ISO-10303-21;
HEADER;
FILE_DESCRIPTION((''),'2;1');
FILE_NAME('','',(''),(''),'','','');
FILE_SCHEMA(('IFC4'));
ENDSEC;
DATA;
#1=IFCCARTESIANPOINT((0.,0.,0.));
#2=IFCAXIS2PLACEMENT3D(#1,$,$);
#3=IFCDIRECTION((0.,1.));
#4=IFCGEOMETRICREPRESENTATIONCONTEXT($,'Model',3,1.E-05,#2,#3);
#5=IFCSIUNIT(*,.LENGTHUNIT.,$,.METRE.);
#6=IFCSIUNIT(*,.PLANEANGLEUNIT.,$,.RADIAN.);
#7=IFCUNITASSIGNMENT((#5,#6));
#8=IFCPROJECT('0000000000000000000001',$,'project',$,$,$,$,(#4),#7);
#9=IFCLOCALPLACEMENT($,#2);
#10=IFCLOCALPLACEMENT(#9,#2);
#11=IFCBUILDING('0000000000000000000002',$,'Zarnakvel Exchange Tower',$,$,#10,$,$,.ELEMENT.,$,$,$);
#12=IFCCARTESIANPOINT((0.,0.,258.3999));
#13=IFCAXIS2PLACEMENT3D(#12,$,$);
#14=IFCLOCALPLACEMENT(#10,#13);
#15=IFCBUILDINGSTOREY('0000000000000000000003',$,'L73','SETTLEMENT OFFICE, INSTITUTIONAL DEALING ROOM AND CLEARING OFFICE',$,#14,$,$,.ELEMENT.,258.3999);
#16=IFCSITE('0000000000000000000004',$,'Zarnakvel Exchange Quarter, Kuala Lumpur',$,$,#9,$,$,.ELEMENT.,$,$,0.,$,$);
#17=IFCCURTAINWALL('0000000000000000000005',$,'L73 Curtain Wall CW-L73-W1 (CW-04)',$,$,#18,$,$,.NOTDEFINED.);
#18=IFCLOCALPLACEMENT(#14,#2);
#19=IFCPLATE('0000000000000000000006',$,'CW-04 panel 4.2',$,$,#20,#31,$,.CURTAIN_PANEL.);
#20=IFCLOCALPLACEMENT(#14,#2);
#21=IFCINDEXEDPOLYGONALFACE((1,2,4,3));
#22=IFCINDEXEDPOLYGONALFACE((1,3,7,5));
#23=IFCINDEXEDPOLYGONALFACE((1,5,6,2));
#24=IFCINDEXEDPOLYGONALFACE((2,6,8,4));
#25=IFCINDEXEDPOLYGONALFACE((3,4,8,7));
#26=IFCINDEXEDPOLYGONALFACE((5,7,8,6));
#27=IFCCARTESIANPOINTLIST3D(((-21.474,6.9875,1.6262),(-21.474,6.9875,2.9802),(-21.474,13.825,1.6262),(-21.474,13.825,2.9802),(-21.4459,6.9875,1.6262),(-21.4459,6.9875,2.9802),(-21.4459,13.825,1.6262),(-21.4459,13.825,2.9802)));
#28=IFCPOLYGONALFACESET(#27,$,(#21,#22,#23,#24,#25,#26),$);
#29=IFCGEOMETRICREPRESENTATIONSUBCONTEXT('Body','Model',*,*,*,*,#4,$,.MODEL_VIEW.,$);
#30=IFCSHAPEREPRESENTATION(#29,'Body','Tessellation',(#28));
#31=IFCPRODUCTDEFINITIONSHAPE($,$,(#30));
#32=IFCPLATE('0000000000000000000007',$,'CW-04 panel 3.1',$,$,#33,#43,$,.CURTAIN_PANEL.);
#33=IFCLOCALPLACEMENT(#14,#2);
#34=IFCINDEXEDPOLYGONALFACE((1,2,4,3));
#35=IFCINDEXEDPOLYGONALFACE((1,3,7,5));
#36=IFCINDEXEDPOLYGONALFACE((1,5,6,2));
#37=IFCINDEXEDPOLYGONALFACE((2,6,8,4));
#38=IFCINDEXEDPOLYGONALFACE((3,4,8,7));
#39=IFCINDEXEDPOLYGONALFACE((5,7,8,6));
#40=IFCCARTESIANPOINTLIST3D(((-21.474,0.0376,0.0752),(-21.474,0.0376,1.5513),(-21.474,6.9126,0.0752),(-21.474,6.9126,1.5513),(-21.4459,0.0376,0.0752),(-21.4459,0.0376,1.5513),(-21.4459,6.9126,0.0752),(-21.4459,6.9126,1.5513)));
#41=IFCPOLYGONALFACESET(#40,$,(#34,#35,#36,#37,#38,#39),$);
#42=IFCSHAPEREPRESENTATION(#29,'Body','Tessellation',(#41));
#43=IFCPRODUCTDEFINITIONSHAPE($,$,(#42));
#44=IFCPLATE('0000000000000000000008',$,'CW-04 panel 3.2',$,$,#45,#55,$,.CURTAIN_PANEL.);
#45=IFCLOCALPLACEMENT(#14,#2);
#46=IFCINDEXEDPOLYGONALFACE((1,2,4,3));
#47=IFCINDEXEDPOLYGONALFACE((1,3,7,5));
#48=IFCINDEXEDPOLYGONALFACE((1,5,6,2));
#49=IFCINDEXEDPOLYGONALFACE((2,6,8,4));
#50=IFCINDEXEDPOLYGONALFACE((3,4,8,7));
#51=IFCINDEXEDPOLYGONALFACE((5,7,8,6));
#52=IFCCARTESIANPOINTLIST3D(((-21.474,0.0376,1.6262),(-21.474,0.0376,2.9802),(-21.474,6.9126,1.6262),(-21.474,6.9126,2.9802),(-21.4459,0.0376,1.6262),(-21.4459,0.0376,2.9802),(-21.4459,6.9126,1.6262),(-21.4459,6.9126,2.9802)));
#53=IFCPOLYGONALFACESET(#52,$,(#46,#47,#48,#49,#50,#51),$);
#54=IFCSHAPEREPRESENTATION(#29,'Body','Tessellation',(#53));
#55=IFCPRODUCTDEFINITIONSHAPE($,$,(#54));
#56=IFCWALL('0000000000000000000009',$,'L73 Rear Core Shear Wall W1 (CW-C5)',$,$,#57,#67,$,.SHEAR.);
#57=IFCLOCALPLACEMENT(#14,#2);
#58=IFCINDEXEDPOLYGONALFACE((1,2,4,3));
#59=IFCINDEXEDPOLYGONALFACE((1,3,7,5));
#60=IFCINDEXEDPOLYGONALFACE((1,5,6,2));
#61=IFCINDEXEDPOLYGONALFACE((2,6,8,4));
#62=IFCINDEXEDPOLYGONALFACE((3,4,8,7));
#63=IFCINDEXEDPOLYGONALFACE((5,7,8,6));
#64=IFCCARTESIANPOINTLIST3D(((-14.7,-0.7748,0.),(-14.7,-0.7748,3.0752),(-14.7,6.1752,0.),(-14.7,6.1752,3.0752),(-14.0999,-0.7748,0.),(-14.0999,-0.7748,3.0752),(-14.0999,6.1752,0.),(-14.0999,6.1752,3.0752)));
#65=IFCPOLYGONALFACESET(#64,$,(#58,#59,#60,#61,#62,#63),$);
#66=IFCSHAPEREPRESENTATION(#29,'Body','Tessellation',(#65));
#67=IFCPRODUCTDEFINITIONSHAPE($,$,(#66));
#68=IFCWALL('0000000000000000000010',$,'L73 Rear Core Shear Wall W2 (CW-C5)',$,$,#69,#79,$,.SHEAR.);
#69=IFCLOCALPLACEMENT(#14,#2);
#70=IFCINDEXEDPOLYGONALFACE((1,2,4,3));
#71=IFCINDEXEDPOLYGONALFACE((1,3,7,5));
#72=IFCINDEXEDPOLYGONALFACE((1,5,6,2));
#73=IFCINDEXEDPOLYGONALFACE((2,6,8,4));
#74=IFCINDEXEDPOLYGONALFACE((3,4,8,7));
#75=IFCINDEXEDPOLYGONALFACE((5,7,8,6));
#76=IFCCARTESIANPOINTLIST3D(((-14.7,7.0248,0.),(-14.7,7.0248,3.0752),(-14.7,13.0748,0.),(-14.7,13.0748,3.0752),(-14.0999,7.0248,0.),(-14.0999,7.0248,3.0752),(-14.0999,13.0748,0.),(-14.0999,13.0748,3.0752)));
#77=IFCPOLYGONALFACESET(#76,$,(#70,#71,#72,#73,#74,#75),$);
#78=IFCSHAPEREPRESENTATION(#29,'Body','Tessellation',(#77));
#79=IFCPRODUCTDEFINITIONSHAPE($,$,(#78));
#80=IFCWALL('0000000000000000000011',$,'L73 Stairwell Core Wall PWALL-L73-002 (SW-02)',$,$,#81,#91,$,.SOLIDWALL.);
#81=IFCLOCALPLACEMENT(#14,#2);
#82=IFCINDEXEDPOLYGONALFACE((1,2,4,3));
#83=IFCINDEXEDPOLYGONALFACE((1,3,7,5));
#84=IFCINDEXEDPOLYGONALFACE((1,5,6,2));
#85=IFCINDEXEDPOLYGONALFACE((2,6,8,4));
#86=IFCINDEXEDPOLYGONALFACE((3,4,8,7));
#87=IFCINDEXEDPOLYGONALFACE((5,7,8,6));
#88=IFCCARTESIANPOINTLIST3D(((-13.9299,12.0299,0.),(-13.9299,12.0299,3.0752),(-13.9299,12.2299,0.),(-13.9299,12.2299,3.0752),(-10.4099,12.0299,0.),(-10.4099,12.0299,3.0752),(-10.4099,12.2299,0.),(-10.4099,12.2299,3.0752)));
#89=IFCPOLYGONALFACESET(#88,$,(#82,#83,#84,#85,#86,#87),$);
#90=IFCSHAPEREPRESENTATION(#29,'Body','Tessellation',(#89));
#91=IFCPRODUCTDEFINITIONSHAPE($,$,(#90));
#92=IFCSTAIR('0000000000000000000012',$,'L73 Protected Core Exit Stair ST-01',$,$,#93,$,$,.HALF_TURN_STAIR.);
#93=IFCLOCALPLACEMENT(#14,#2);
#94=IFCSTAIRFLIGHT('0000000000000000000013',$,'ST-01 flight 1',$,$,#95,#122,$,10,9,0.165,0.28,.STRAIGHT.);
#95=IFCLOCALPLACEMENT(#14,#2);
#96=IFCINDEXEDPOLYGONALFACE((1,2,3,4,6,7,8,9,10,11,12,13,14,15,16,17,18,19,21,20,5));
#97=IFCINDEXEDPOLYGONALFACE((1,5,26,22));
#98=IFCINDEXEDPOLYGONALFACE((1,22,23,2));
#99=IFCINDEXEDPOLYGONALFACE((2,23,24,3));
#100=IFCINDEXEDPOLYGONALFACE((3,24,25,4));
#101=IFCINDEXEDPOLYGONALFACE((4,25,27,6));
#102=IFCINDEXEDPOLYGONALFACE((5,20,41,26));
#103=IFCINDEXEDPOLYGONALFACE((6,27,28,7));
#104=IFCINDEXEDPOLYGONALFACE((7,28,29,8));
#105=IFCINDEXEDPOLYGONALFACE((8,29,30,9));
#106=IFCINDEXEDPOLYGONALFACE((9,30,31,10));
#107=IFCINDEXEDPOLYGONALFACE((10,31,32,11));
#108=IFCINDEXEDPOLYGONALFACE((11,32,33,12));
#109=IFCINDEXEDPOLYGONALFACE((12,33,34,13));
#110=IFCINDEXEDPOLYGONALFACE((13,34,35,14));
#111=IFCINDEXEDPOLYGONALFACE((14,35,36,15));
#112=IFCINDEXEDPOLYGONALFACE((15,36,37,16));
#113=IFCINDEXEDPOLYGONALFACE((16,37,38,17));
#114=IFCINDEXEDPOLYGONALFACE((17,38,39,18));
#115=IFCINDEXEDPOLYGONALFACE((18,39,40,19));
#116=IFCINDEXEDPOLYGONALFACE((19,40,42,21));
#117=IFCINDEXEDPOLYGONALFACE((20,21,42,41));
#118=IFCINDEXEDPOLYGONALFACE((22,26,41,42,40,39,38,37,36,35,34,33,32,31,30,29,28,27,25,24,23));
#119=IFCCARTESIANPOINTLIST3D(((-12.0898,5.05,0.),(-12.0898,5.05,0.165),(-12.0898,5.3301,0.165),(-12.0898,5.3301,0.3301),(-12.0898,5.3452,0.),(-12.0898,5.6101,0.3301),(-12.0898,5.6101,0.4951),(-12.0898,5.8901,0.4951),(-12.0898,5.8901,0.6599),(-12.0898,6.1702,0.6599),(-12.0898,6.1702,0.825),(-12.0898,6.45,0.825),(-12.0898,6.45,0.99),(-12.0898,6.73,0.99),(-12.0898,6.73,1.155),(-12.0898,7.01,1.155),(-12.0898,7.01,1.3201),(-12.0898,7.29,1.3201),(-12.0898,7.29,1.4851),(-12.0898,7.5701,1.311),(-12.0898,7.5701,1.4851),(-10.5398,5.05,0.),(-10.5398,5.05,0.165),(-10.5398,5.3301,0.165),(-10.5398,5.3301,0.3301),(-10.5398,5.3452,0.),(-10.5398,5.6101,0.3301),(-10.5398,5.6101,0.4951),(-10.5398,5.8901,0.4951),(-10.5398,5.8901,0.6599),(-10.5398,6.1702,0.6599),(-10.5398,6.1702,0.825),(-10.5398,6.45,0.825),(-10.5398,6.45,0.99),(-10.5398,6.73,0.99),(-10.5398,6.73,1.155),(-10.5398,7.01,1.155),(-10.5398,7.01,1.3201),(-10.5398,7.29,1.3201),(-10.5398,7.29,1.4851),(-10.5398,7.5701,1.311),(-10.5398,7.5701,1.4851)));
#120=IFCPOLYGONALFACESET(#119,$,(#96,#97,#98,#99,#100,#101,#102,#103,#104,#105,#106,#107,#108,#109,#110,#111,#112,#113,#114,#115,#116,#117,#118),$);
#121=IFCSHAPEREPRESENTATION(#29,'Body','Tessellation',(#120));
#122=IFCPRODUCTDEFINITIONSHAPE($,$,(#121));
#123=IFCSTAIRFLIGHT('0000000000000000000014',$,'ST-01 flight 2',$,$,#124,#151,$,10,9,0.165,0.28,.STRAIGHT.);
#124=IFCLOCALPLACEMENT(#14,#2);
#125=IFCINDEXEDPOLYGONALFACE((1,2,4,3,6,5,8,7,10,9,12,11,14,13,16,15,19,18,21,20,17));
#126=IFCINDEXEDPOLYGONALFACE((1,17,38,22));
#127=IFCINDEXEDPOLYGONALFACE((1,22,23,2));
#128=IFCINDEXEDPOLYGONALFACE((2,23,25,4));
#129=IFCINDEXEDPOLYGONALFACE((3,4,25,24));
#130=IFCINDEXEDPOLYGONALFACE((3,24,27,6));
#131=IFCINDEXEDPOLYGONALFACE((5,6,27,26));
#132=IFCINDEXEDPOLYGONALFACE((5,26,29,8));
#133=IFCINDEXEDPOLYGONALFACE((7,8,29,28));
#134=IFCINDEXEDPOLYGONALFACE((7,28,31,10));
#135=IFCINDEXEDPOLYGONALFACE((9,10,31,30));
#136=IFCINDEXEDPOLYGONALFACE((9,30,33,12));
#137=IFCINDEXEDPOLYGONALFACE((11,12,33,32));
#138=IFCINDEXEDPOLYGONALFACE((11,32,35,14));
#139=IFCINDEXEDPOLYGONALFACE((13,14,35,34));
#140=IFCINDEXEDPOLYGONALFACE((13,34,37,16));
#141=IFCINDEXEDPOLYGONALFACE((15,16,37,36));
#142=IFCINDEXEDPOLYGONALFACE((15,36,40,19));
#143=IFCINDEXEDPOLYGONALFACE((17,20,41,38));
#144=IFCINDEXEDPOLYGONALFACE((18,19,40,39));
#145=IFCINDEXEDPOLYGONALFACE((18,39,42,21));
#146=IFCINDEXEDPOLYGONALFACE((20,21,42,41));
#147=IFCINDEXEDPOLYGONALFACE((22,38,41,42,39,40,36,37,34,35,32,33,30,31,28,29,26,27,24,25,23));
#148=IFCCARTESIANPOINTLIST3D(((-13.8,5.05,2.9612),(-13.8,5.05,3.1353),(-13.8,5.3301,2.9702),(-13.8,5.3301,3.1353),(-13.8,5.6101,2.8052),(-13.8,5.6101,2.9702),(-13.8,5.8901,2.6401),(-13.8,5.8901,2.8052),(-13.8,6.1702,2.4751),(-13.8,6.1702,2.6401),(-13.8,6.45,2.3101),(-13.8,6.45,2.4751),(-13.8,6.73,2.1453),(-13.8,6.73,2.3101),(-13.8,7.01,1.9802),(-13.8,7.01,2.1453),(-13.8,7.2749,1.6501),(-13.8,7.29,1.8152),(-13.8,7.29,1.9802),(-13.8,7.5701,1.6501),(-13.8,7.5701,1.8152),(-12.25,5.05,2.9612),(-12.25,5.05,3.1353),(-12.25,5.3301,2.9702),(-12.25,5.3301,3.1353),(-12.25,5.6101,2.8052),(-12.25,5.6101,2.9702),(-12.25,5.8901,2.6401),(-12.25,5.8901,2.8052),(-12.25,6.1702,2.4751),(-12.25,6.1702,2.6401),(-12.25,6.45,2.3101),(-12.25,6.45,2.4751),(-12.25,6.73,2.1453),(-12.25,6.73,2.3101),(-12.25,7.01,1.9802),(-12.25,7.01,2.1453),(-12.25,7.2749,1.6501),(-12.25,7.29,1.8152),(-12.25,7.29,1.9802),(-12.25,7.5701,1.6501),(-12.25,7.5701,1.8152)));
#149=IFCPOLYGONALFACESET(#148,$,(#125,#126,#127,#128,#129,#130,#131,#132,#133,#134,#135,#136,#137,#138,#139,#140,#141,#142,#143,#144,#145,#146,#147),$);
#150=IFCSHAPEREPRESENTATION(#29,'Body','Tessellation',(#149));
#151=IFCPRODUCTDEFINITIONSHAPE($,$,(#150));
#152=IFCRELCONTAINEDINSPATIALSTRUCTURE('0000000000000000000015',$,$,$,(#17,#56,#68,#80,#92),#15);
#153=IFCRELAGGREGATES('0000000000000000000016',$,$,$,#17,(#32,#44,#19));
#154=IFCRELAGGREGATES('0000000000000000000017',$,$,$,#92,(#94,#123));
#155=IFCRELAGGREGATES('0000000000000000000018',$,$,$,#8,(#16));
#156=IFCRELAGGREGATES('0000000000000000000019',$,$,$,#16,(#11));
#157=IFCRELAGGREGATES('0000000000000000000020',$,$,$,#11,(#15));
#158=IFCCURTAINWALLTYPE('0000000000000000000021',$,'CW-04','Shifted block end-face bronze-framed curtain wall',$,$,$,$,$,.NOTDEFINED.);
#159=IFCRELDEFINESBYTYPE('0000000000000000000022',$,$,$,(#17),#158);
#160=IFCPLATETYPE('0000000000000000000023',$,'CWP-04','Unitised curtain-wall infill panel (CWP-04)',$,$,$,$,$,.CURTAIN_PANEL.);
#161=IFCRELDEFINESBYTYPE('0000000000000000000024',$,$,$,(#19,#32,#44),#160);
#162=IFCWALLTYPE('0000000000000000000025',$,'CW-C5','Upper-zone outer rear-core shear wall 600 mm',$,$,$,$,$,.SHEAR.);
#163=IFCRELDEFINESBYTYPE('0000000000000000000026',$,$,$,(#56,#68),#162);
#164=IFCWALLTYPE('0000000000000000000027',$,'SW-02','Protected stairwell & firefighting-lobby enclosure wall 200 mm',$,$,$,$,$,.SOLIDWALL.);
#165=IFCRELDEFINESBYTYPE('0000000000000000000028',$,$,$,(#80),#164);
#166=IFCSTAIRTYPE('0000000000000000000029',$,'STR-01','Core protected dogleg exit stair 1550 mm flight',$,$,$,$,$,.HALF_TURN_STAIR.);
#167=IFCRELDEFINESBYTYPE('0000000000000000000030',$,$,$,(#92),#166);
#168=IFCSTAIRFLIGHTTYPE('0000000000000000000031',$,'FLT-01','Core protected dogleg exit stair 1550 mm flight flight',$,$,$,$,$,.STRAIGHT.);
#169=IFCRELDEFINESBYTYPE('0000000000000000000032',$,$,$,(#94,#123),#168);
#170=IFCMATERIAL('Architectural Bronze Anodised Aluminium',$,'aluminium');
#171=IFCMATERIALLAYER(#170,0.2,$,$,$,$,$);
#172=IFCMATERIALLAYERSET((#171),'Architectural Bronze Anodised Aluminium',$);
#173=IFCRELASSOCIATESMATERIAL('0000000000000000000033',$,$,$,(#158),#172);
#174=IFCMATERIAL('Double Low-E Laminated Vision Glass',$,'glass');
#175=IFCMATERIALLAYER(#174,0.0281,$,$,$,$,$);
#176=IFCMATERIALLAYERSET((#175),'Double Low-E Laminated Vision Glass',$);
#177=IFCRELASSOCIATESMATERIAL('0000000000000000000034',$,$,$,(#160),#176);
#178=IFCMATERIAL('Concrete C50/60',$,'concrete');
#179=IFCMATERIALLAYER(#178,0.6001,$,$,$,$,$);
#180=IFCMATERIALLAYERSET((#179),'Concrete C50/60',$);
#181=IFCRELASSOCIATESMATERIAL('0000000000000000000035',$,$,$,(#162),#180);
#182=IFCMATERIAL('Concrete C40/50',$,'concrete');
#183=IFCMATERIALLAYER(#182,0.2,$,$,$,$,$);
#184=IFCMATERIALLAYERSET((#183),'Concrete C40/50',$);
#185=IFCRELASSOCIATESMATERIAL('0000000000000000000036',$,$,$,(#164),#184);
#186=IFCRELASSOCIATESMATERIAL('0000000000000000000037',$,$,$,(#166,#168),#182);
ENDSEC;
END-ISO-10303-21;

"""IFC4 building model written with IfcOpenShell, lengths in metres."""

from ifc_helpers import new_model, si_unit, direction, frame, frame_2d, origin, origin_2d, place, context, subcontext, project, spatial, polyline, rectangle, outline, extrude, source, transform, mapped, material, layer, layer_set, type_object, element, aggregate, save


model = new_model("IFC4")

# Units and contexts
model_context = context("Model", 3, precision=1e-05, world=origin(), true_north=direction((0.0, 1.0)))
body_context = subcontext(model_context, "Body", "Model", "MODEL_VIEW")
ifc_project = project(units=[si_unit("LENGTHUNIT", "METRE"), si_unit("PLANEANGLEUNIT", "RADIAN")], contexts=[model_context])

# Site, building, storey
site_placement = place(None, origin())
site = spatial("IfcSite", under=ifc_project, at=site_placement, Name="Zarnakvel Exchange Quarter, Kuala Lumpur", CompositionType="ELEMENT", RefElevation=0.0)
building_placement = place(site_placement, origin())
building = spatial("IfcBuilding", under=site, at=building_placement, Name="Zarnakvel Exchange Tower", CompositionType="ELEMENT")
storey_placement = place(building_placement, frame((0.0, 0.0, 258.3999)))
storey = spatial("IfcBuildingStorey", under=building, at=storey_placement, Name="L73", Description="SETTLEMENT OFFICE, INSTITUTIONAL DEALING ROOM AND CLEARING OFFICE", CompositionType="ELEMENT", Elevation=258.3999)

# Shared definitions
ifc_material_1 = material(Name="Concrete C50/60", Category="concrete")

# Curtain wall, plates
ifc_material_2 = material(Name="Architectural Bronze Anodised Aluminium", Category="aluminium")
ifc_layer_1 = layer(ifc_material_2, 0.2)
ifc_layer_set_1 = layer_set([ifc_layer_1], Name="Architectural Bronze Anodised Aluminium")
curtain_wall_type = type_object("IfcCurtainWallType", Name="CW-04", Description="Shifted block end-face bronze-framed curtain wall", PredefinedType="NOTDEFINED", material=ifc_layer_set_1)
curtain_wall_placement = place(storey_placement, origin())
curtain_wall = element("IfcCurtainWall", 1, at=curtain_wall_placement, inside=storey, type_object=curtain_wall_type, Name="L73 Curtain Wall CW-L73-W1 (CW-04)", PredefinedType="NOTDEFINED")
ifc_material_3 = material(Name="Double Low-E Laminated Vision Glass", Category="glass")
ifc_layer_2 = layer(ifc_material_3, 0.0281)
ifc_layer_set_2 = layer_set([ifc_layer_2], Name="Double Low-E Laminated Vision Glass")
plate_type = type_object("IfcPlateType", Name="CWP-04", Description="Unitised curtain-wall infill panel (CWP-04)", PredefinedType="CURTAIN_PANEL", material=ifc_layer_set_2)
shared_shape_1 = source(origin(), body_context, "Body", "SweptSolid", [
    extrude(rectangle(XDim=6.8374, YDim=0.0281, at=origin_2d()), origin(), (0.0, 0.0, 1.0), 1.354),
])
plate_1_placement = place(storey_placement, frame((-21.46, 10.4062, 1.6262), z_axis=(0.0, 0.0, 1.0), x_axis=(0.0, 1.0, 0.0)))
plate_1 = element("IfcPlate", 2, at=plate_1_placement, type_object=plate_type, Name="CW-04 panel 4.2", PredefinedType="CURTAIN_PANEL", context=body_context, shape_type="MappedRepresentation", body=[
    mapped(shared_shape_1, transform((0.0, 0.0, 0.0), x_axis=(1.0, 0.0, 0.0), y_axis=(0.0, 1.0, 0.0), z_axis=(0.0, 0.0, 1.0), scale=1.0)),
])
shared_shape_2 = source(origin(), body_context, "Body", "SweptSolid", [
    extrude(rectangle(XDim=6.875, YDim=0.0281, at=origin_2d()), origin(), (0.0, 0.0, 1.0), 1.4761),
])
plate_2_placement = place(storey_placement, frame((-21.46, 3.4751, 0.0752), z_axis=(0.0, 0.0, 1.0), x_axis=(0.0, 1.0, 0.0)))
plate_2 = element("IfcPlate", 3, at=plate_2_placement, type_object=plate_type, Name="CW-04 panel 3.1", PredefinedType="CURTAIN_PANEL", context=body_context, shape_type="MappedRepresentation", body=[
    mapped(shared_shape_2, transform((0.0, 0.0, 0.0), x_axis=(1.0, 0.0, 0.0), y_axis=(0.0, 1.0, 0.0), z_axis=(0.0, 0.0, 1.0), scale=1.0)),
])
shared_shape_3 = source(origin(), body_context, "Body", "SweptSolid", [
    extrude(rectangle(XDim=6.875, YDim=0.0281, at=origin_2d()), origin(), (0.0, 0.0, 1.0), 1.354),
])
plate_3_placement = place(storey_placement, frame((-21.46, 3.4751, 1.6262), z_axis=(0.0, 0.0, 1.0), x_axis=(0.0, 1.0, 0.0)))
plate_3 = element("IfcPlate", 4, at=plate_3_placement, type_object=plate_type, Name="CW-04 panel 3.2", PredefinedType="CURTAIN_PANEL", context=body_context, shape_type="MappedRepresentation", body=[
    mapped(shared_shape_3, transform((0.0, 0.0, 0.0), x_axis=(1.0, 0.0, 0.0), y_axis=(0.0, 1.0, 0.0), z_axis=(0.0, 0.0, 1.0), scale=1.0)),
])
aggregate(curtain_wall, [plate_2, plate_3, plate_1])

# Walls
ifc_layer_3 = layer(ifc_material_1, 0.6001)
ifc_layer_set_3 = layer_set([ifc_layer_3], Name="Concrete C50/60")
wall_type_1 = type_object("IfcWallType", Name="CW-C5", Description="Upper-zone outer rear-core shear wall 600 mm", PredefinedType="SHEAR", material=ifc_layer_set_3)
wall_1_placement = place(storey_placement, frame((-14.3999, -0.7749, 0.0), z_axis=(0.0, 0.0, 1.0), x_axis=(0.0, 1.0, 0.0)))
element("IfcWall", 5, at=wall_1_placement, inside=storey, type_object=wall_type_1, Name="L73 Rear Core Shear Wall W1 (CW-C5)", PredefinedType="SHEAR", context=body_context, shape_type="SweptSolid", body=[
    extrude(rectangle(XDim=6.95, YDim=0.6001, at=frame_2d((3.4751, 0.0))), origin(), (0.0, 0.0, 1.0), 3.0752),
])
wall_2_placement = place(storey_placement, frame((-14.3999, 7.0249, 0.0), z_axis=(0.0, 0.0, 1.0), x_axis=(0.0, 1.0, 0.0)))
element("IfcWall", 6, at=wall_2_placement, inside=storey, type_object=wall_type_1, Name="L73 Rear Core Shear Wall W2 (CW-C5)", PredefinedType="SHEAR", context=body_context, shape_type="SweptSolid", body=[
    extrude(rectangle(XDim=6.05, YDim=0.6001, at=frame_2d((3.0249, 0.0))), origin(), (0.0, 0.0, 1.0), 3.0752),
])
ifc_material_4 = material(Name="Concrete C40/50", Category="concrete")
ifc_layer_4 = layer(ifc_material_4, 0.2)
ifc_layer_set_4 = layer_set([ifc_layer_4], Name="Concrete C40/50")
wall_type_2 = type_object("IfcWallType", Name="SW-02", Description="Protected stairwell & firefighting-lobby enclosure wall 200 mm", PredefinedType="SOLIDWALL", material=ifc_layer_set_4)
wall_3_placement = place(storey_placement, frame((-13.9299, 12.1299, 0.0), z_axis=(0.0, 0.0, 1.0), x_axis=(1.0, 0.0, 0.0)))
element("IfcWall", 7, at=wall_3_placement, inside=storey, type_object=wall_type_2, Name="L73 Stairwell Core Wall PWALL-L73-002 (SW-02)", PredefinedType="SOLIDWALL", context=body_context, shape_type="SweptSolid", body=[
    extrude(rectangle(XDim=3.52, YDim=0.2, at=frame_2d((1.76, 0.0))), origin(), (0.0, 0.0, 1.0), 3.0752),
])

# Stair, stair flights
stair_type = type_object("IfcStairType", Name="STR-01", Description="Core protected dogleg exit stair 1550 mm flight", PredefinedType="HALF_TURN_STAIR", material=ifc_material_4)
stair_placement = place(storey_placement, origin())
stair = element("IfcStair", 8, at=stair_placement, inside=storey, type_object=stair_type, Name="L73 Protected Core Exit Stair ST-01", PredefinedType="HALF_TURN_STAIR")
stair_flight_type = type_object("IfcStairFlightType", Name="FLT-01", Description="Core protected dogleg exit stair 1550 mm flight flight", PredefinedType="STRAIGHT", material=ifc_material_4)
stair_flight_1_placement = place(storey_placement, frame((-11.3149, 5.05, 0.0), z_axis=(0.0, 0.0, 1.0), x_axis=(0.0, 1.0, 0.0)))
stair_flight_1 = element("IfcStairFlight", 9, at=stair_flight_1_placement, type_object=stair_flight_type, Name="ST-01 flight 1", NumberOfRisers=10, NumberOfTreads=9, PredefinedType="STRAIGHT", RiserHeight=0.165, TreadLength=0.28, context=body_context, shape_type="SweptSolid", body=[
    extrude(outline(polyline([(0.0, 0.0), (0.0, 0.165), (0.28, 0.165), (0.28, 0.3301), (0.5601, 0.3301), (0.5601, 0.4951), (0.8401, 0.4951), (0.8401, 0.6599), (1.1201, 0.6599), (1.1201, 0.825), (1.3999, 0.825), (1.3999, 0.99), (1.6799, 0.99), (1.6799, 1.155), (1.96, 1.155), (1.96, 1.3201), (2.24, 1.3201), (2.24, 1.4851), (2.52, 1.4851), (2.52, 1.6499), (2.52, 1.311), (0.2952, 0.0), (0.0, 0.0)])), frame((0.0, 0.7749, 0.0), z_axis=(0.0, -1.0, 0.0), x_axis=(1.0, 0.0, 0.0)), (0.0, 0.0, 1.0), 1.55),
])
stair_flight_2_placement = place(storey_placement, frame((-13.0249, 7.5701, 1.6501), z_axis=(0.0, 0.0, 1.0), x_axis=(0.0, -1.0, 0.0)))
stair_flight_2 = element("IfcStairFlight", 10, at=stair_flight_2_placement, type_object=stair_flight_type, Name="ST-01 flight 2", NumberOfRisers=10, NumberOfTreads=9, PredefinedType="STRAIGHT", RiserHeight=0.165, TreadLength=0.28, context=body_context, shape_type="SweptSolid", body=[
    extrude(outline(polyline([(0.0, 0.0), (0.0, 0.165), (0.28, 0.165), (0.28, 0.3301), (0.5601, 0.3301), (0.5601, 0.4951), (0.8401, 0.4951), (0.8401, 0.6599), (1.1201, 0.6599), (1.1201, 0.825), (1.3999, 0.825), (1.3999, 0.99), (1.6799, 0.99), (1.6799, 1.155), (1.96, 1.155), (1.96, 1.3201), (2.24, 1.3201), (2.24, 1.4851), (2.52, 1.4851), (2.52, 1.6499), (2.52, 1.311), (0.2952, 0.0), (0.0, 0.0)])), frame((0.0, 0.7749, 0.0), z_axis=(0.0, -1.0, 0.0), x_axis=(1.0, 0.0, 0.0)), (0.0, 0.0, 1.0), 1.55),
])
aggregate(stair, [stair_flight_1, stair_flight_2])

save(model, "model.ifc")
